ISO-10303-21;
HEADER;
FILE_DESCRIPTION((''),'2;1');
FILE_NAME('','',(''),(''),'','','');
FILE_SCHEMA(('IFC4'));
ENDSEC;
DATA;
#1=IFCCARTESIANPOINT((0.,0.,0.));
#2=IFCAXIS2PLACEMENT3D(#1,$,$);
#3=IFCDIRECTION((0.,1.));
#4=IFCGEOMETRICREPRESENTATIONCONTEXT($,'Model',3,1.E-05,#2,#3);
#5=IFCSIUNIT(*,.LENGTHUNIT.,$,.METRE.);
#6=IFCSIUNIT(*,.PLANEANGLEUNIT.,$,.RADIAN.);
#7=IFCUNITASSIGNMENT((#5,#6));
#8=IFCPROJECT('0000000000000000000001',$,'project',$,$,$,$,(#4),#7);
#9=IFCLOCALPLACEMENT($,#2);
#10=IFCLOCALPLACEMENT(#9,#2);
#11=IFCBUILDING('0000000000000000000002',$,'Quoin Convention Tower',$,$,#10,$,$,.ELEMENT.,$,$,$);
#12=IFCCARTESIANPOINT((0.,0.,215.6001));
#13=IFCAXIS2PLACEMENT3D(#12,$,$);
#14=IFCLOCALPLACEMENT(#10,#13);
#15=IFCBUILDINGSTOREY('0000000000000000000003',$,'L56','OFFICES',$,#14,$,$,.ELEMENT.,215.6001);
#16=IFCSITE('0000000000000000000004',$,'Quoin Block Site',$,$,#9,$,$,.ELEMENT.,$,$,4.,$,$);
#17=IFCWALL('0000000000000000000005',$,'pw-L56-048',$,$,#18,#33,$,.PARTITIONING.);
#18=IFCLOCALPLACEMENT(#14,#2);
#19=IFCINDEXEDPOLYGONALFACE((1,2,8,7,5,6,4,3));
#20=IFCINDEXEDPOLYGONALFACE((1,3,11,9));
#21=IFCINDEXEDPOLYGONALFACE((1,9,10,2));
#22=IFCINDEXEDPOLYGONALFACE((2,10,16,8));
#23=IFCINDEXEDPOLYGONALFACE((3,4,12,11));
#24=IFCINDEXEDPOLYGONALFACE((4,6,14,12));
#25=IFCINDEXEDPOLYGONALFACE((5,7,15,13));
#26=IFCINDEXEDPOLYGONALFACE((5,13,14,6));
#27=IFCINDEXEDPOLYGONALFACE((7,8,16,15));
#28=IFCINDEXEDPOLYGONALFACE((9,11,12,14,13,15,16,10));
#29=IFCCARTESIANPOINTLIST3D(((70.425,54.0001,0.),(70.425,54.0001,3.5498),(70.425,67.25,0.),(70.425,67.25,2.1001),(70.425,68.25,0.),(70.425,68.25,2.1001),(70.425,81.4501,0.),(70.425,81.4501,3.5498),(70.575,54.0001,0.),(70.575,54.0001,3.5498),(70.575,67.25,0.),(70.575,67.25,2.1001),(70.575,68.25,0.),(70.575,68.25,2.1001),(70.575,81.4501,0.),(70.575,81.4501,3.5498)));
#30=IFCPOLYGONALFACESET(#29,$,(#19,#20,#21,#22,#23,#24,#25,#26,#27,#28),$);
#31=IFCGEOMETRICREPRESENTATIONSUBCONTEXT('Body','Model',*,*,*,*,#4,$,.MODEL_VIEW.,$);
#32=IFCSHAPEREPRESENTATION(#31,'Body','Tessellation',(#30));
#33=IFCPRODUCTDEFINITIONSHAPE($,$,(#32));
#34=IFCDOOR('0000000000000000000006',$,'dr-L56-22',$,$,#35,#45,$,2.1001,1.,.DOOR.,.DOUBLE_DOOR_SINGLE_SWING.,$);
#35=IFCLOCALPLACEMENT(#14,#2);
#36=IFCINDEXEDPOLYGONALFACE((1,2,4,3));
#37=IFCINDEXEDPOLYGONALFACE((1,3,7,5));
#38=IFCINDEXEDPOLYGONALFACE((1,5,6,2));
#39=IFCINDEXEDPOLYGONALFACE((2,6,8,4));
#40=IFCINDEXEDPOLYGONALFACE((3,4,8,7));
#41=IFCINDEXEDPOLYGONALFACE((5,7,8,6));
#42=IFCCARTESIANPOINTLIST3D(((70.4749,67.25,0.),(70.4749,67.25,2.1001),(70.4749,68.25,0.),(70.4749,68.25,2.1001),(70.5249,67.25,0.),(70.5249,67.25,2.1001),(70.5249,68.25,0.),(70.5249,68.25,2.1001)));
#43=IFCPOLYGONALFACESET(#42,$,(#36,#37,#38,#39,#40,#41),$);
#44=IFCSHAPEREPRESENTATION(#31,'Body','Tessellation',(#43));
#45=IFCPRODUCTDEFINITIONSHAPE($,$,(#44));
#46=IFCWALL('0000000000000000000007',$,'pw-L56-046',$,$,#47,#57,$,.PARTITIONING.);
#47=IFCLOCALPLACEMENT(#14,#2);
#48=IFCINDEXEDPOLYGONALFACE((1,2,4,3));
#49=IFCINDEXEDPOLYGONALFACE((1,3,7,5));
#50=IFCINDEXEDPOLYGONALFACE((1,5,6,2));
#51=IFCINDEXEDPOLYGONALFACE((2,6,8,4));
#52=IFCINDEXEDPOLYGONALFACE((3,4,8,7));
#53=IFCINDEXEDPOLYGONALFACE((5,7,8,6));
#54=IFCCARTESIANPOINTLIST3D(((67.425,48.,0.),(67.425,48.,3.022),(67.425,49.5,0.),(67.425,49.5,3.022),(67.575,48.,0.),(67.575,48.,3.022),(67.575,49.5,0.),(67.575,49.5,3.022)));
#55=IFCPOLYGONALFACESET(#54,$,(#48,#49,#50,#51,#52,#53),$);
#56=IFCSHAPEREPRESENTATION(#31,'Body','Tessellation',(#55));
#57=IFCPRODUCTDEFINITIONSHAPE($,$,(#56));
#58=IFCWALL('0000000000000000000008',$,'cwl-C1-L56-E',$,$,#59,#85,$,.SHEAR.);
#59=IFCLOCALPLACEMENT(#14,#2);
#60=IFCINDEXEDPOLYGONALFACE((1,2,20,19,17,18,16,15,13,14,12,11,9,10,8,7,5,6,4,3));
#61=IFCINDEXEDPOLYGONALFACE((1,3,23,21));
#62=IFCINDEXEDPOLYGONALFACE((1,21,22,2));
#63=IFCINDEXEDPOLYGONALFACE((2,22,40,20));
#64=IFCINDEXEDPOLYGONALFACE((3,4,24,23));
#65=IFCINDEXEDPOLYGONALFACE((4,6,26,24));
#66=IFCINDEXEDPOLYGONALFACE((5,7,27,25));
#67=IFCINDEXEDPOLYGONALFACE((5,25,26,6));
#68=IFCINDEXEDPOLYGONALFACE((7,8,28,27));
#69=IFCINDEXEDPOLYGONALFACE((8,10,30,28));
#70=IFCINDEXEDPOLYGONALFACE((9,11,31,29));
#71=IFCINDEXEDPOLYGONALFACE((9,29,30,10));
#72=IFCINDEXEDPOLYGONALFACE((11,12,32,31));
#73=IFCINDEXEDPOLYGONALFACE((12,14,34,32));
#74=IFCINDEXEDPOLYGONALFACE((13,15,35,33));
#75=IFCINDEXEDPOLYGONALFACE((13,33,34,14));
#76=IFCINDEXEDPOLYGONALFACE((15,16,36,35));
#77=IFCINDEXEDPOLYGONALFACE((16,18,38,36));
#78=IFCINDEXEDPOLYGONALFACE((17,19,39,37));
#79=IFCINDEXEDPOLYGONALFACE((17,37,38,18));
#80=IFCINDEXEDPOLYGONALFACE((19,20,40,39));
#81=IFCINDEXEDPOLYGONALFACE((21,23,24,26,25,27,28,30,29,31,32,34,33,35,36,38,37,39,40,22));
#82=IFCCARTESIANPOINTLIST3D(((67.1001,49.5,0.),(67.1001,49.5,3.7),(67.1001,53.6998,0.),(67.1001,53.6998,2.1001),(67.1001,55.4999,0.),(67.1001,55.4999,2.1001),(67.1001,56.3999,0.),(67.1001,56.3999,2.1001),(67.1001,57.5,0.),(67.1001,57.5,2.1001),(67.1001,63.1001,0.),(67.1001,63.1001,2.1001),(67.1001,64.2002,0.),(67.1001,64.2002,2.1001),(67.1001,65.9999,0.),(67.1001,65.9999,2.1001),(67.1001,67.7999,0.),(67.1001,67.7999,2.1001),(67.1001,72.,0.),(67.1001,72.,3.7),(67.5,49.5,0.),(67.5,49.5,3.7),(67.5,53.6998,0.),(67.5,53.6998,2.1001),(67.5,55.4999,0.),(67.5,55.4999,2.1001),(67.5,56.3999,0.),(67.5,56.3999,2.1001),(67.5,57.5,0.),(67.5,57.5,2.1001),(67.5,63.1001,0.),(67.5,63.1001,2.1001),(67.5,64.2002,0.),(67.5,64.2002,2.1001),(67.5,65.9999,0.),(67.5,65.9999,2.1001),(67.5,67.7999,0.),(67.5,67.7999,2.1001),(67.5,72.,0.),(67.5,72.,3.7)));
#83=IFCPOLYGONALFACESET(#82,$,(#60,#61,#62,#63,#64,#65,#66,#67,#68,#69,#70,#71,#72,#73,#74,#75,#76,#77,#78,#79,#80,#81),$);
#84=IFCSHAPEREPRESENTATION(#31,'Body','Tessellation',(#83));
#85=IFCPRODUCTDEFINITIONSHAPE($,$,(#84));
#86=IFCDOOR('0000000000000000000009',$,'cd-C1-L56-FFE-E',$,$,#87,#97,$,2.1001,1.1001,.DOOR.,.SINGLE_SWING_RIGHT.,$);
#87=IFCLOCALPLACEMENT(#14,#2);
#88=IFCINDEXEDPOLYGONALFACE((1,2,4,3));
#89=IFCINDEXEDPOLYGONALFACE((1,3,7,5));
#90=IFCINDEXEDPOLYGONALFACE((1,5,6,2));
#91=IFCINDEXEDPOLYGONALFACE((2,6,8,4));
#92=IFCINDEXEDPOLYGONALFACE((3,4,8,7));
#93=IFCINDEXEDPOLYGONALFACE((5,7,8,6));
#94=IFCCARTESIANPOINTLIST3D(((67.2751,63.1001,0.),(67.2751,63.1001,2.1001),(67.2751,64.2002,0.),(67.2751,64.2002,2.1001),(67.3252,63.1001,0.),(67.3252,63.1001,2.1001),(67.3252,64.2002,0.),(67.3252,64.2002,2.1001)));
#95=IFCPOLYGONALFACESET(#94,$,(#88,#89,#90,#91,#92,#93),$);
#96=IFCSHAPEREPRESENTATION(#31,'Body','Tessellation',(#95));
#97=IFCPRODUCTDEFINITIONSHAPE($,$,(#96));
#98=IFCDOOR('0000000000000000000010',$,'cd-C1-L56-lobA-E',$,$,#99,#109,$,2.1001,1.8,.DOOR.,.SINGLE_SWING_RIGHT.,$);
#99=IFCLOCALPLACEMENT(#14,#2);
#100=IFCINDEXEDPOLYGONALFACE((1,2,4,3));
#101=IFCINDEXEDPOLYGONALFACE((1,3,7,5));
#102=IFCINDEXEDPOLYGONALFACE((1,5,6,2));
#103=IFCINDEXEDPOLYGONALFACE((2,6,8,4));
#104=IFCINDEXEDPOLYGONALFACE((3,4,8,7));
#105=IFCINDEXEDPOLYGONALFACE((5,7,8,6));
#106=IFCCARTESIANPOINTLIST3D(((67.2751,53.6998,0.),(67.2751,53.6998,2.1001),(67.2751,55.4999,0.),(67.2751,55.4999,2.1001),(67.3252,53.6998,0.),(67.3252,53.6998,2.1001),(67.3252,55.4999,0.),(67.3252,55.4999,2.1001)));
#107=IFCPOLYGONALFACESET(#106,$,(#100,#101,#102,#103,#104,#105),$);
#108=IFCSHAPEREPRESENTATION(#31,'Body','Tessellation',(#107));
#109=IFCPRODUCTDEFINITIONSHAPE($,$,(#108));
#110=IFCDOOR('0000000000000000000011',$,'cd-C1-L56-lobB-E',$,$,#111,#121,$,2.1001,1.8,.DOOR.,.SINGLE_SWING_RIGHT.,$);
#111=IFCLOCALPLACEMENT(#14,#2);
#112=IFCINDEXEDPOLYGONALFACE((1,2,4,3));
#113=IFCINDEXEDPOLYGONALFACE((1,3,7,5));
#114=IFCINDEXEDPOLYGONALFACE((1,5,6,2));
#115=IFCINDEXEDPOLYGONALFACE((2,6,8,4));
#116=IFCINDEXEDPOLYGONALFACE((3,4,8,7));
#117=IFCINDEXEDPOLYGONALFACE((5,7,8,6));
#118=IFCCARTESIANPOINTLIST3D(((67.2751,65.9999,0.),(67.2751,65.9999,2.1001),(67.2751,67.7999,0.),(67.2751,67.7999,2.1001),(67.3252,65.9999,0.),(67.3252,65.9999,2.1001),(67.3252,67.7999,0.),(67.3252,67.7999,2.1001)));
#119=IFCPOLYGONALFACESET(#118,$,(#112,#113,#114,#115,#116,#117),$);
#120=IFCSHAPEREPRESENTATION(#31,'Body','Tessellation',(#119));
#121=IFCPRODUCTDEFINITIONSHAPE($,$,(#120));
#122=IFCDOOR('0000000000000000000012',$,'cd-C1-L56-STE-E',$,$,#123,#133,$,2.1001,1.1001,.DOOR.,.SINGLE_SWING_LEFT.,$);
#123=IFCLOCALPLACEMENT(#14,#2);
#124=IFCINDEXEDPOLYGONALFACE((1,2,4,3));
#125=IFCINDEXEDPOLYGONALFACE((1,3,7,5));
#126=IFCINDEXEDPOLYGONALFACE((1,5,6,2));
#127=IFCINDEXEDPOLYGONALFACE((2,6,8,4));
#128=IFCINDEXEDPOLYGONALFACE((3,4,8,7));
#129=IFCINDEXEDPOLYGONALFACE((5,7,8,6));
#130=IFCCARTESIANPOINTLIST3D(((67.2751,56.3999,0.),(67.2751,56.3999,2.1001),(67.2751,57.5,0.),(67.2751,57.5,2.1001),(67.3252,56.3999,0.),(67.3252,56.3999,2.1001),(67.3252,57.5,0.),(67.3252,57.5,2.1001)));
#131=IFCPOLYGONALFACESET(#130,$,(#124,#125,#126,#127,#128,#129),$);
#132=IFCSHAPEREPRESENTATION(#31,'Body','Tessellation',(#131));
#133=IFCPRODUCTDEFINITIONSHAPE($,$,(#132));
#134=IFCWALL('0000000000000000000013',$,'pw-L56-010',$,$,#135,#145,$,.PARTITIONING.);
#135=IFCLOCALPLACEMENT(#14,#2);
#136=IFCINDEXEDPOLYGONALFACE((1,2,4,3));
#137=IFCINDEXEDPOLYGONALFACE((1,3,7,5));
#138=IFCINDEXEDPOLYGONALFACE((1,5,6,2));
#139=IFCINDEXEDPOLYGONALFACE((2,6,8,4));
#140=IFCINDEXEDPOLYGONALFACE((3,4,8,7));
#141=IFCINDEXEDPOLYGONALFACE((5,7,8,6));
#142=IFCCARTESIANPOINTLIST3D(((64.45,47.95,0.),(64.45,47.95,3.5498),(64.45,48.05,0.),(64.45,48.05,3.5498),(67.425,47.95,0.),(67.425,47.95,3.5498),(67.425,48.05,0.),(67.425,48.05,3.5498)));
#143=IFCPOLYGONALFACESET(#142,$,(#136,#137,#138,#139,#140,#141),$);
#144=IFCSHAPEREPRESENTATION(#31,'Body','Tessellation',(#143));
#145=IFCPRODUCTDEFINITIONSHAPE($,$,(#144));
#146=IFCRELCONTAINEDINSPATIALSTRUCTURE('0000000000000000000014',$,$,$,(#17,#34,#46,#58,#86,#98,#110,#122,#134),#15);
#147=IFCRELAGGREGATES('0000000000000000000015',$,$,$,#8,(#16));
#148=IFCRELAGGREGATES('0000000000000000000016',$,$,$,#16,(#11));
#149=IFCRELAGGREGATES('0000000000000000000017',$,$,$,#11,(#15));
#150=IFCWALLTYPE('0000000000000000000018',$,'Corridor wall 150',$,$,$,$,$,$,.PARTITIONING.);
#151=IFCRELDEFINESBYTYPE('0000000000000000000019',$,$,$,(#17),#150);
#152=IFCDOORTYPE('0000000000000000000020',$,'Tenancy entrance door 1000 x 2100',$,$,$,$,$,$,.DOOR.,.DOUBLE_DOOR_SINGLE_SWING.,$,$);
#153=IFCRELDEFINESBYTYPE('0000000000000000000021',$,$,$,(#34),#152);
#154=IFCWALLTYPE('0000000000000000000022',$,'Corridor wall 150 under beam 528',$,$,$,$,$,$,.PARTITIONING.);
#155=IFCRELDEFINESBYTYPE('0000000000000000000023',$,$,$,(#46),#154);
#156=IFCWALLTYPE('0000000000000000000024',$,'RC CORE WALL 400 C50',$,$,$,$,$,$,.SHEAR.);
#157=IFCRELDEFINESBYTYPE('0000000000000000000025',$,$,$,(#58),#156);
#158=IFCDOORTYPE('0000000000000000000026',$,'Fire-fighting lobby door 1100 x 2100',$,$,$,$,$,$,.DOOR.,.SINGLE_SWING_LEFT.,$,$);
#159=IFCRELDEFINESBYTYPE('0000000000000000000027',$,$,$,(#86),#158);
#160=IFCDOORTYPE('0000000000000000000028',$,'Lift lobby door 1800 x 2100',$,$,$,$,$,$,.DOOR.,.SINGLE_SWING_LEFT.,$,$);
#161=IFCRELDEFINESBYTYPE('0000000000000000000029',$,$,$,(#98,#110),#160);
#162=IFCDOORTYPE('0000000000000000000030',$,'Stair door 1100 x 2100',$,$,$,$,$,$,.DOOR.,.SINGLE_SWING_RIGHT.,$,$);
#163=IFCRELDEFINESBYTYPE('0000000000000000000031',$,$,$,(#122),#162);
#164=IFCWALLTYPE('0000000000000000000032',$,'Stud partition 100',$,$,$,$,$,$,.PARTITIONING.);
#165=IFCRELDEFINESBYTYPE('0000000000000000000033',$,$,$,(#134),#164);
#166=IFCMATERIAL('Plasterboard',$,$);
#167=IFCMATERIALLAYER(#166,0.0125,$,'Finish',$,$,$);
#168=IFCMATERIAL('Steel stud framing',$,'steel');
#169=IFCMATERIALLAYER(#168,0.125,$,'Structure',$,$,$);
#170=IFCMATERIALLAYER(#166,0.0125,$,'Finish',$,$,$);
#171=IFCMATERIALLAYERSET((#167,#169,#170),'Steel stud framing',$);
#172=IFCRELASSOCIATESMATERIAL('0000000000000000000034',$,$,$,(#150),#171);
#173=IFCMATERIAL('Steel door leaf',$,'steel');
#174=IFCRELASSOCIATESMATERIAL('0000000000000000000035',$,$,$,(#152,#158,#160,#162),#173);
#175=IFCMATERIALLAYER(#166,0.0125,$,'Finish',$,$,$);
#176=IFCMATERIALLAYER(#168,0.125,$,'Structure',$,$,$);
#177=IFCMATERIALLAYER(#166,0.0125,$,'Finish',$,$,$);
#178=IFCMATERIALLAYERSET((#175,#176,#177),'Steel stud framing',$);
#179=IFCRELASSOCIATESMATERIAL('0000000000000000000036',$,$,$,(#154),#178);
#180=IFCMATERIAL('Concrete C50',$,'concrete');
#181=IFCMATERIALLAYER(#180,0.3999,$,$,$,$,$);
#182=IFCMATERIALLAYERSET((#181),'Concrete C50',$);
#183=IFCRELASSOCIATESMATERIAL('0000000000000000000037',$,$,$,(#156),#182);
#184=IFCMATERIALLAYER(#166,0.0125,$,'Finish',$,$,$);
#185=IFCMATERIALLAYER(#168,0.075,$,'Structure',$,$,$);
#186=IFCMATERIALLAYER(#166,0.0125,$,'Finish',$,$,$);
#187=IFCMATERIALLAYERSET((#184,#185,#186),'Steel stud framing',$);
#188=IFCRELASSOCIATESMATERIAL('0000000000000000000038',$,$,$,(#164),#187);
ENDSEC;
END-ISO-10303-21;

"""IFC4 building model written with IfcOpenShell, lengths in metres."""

from ifc_helpers import new_model, si_unit, direction, frame, frame_2d, origin, place, context, subcontext, project, spatial, rectangle, extrude, material, layer, layer_set, type_object, element, fill, save


model = new_model("IFC4")

# Units and contexts
model_context = context("Model", 3, precision=1e-05, world=origin(), true_north=direction((0.0, 1.0)))
body_context = subcontext(model_context, "Body", "Model", "MODEL_VIEW")
ifc_project = project(units=[si_unit("LENGTHUNIT", "METRE"), si_unit("PLANEANGLEUNIT", "RADIAN")], contexts=[model_context])

# Site, building, storey
site_placement = place(None, origin())
site = spatial("IfcSite", under=ifc_project, at=site_placement, Name="Quoin Block Site", CompositionType="ELEMENT", RefElevation=4.0)
building_placement = place(site_placement, origin())
building = spatial("IfcBuilding", under=site, at=building_placement, Name="Quoin Convention Tower", CompositionType="ELEMENT")
storey_placement = place(building_placement, frame((0.0, 0.0, 215.6001)))
storey = spatial("IfcBuildingStorey", under=building, at=storey_placement, Name="L56", Description="OFFICES", CompositionType="ELEMENT", Elevation=215.6001)

# Shared definitions
ifc_material_1 = material(Name="Concrete C50", Category="concrete")

# Shared definitions
ifc_material_2 = material(Name="Plasterboard")
ifc_material_3 = material(Name="Steel stud framing", Category="steel")

# Wall, opening, door
ifc_layer_1 = layer(ifc_material_2, 0.0125, Name="Finish")
ifc_layer_2 = layer(ifc_material_3, 0.125, Name="Structure")
ifc_layer_3 = layer(ifc_material_2, 0.0125, Name="Finish")
ifc_layer_set_1 = layer_set([ifc_layer_1, ifc_layer_2, ifc_layer_3], Name="Steel stud framing")
wall_type_1 = type_object("IfcWallType", Name="Corridor wall 150", PredefinedType="PARTITIONING", material=ifc_layer_set_1)
ifc_material_4 = material(Name="Steel door leaf", Category="steel")
door_type_1 = type_object("IfcDoorType", Name="Tenancy entrance door 1000 x 2100", OperationType="DOUBLE_DOOR_SINGLE_SWING", PredefinedType="DOOR", material=ifc_material_4)
wall_1_placement = place(storey_placement, frame((70.5, 54.0, 0.0), z_axis=(0.0, 0.0, 1.0), x_axis=(0.0, 1.0, 0.0)))
wall_1 = element("IfcWall", 1, at=wall_1_placement, inside=storey, type_object=wall_type_1, Name="pw-L56-048", PredefinedType="PARTITIONING", context=body_context, shape_type="SweptSolid", body=[
    extrude(rectangle(XDim=27.45, YDim=0.1499, at=frame_2d((13.7251, 0.0))), origin(), (0.0, 0.0, 1.0), 3.5498),
])
opening_1_placement = place(wall_1_placement, frame((13.25, 0.0, 0.0)))
opening_1 = element("IfcOpeningElement", 2, at=opening_1_placement, cuts=wall_1, PredefinedType="OPENING", context=body_context, shape_type="SweptSolid", body=[
    extrude(rectangle(XDim=1.0, YDim=2.1001, at=frame_2d((0.5, 1.05))), frame((0.0, 0.085, 0.0), z_axis=(0.0, -1.0, 0.0), x_axis=(1.0, 0.0, 0.0)), (0.0, 0.0, 1.0), 0.1699),
])
door_1_placement = place(opening_1_placement, frame((1.0, 0.0, 0.0), z_axis=(0.0, 0.0, 1.0), x_axis=(-1.0, 0.0, 0.0)))
door_1 = element("IfcDoor", 3, at=door_1_placement, inside=storey, type_object=door_type_1, Name="dr-L56-22", OperationType="DOUBLE_DOOR_SINGLE_SWING", OverallHeight=2.1001, OverallWidth=1.0, PredefinedType="DOOR", context=body_context, shape_type="SweptSolid", body=[
    extrude(rectangle(XDim=1.0, YDim=2.1001, at=frame_2d((0.5, 1.05))), frame((0.0, 0.0249, 0.0), z_axis=(0.0, -1.0, 0.0), x_axis=(1.0, 0.0, 0.0)), (0.0, 0.0, 1.0), 0.05),
])
fill(opening_1, door_1)

# Wall
ifc_layer_4 = layer(ifc_material_2, 0.0125, Name="Finish")
ifc_layer_5 = layer(ifc_material_3, 0.125, Name="Structure")
ifc_layer_6 = layer(ifc_material_2, 0.0125, Name="Finish")
ifc_layer_set_2 = layer_set([ifc_layer_4, ifc_layer_5, ifc_layer_6], Name="Steel stud framing")
wall_type_2 = type_object("IfcWallType", Name="Corridor wall 150 under beam 528", PredefinedType="PARTITIONING", material=ifc_layer_set_2)
wall_2_placement = place(storey_placement, frame((67.5, 48.0, 0.0), z_axis=(0.0, 0.0, 1.0), x_axis=(0.0, 1.0, 0.0)))
element("IfcWall", 4, at=wall_2_placement, inside=storey, type_object=wall_type_2, Name="pw-L56-046", PredefinedType="PARTITIONING", context=body_context, shape_type="SweptSolid", body=[
    extrude(rectangle(XDim=1.5, YDim=0.1499, at=frame_2d((0.75, 0.0))), origin(), (0.0, 0.0, 1.0), 3.022),
])

# Wall, openings, doors
ifc_layer_7 = layer(ifc_material_1, 0.3999)
ifc_layer_set_3 = layer_set([ifc_layer_7], Name="Concrete C50")
wall_type_3 = type_object("IfcWallType", Name="RC CORE WALL 400 C50", PredefinedType="SHEAR", material=ifc_layer_set_3)
wall_3_placement = place(storey_placement, frame((67.3, 49.5, 0.0), z_axis=(0.0, 0.0, 1.0), x_axis=(0.0, 1.0, 0.0)))
wall_3 = element("IfcWall", 5, at=wall_3_placement, inside=storey, type_object=wall_type_3, Name="cwl-C1-L56-E", PredefinedType="SHEAR", context=body_context, shape_type="SweptSolid", body=[
    extrude(rectangle(XDim=22.5, YDim=0.3999, at=frame_2d((11.25, 0.0))), origin(), (0.0, 0.0, 1.0), 3.7),
])
opening_2_placement = place(wall_3_placement, frame((4.2, 0.0, 0.0)))
opening_2 = element("IfcOpeningElement", 6, at=opening_2_placement, cuts=wall_3, PredefinedType="OPENING", context=body_context, shape_type="SweptSolid", body=[
    extrude(rectangle(XDim=1.8, YDim=2.1001, at=frame_2d((0.8999, 1.05))), frame((0.0, 0.21, 0.0), z_axis=(0.0, -1.0, 0.0), x_axis=(1.0, 0.0, 0.0)), (0.0, 0.0, 1.0), 0.4199),
])
opening_3_placement = place(wall_3_placement, frame((6.8999, 0.0, 0.0)))
opening_3 = element("IfcOpeningElement", 7, at=opening_3_placement, cuts=wall_3, PredefinedType="OPENING", context=body_context, shape_type="SweptSolid", body=[
    extrude(rectangle(XDim=1.1001, YDim=2.1001, at=frame_2d((0.55, 1.05))), frame((0.0, 0.21, 0.0), z_axis=(0.0, -1.0, 0.0), x_axis=(1.0, 0.0, 0.0)), (0.0, 0.0, 1.0), 0.4199),
])
opening_4_placement = place(wall_3_placement, frame((13.6001, 0.0, 0.0)))
opening_4 = element("IfcOpeningElement", 8, at=opening_4_placement, cuts=wall_3, PredefinedType="OPENING", context=body_context, shape_type="SweptSolid", body=[
    extrude(rectangle(XDim=1.1001, YDim=2.1001, at=frame_2d((0.55, 1.05))), frame((0.0, 0.21, 0.0), z_axis=(0.0, -1.0, 0.0), x_axis=(1.0, 0.0, 0.0)), (0.0, 0.0, 1.0), 0.4199),
])
opening_5_placement = place(wall_3_placement, frame((16.5, 0.0, 0.0)))
opening_5 = element("IfcOpeningElement", 9, at=opening_5_placement, cuts=wall_3, PredefinedType="OPENING", context=body_context, shape_type="SweptSolid", body=[
    extrude(rectangle(XDim=1.8, YDim=2.1001, at=frame_2d((0.8999, 1.05))), frame((0.0, 0.21, 0.0), z_axis=(0.0, -1.0, 0.0), x_axis=(1.0, 0.0, 0.0)), (0.0, 0.0, 1.0), 0.4199),
])
door_type_2 = type_object("IfcDoorType", Name="Fire-fighting lobby door 1100 x 2100", OperationType="SINGLE_SWING_LEFT", PredefinedType="DOOR", material=ifc_material_4)
door_2_placement = place(opening_4_placement, origin())
door_2 = element("IfcDoor", 10, at=door_2_placement, inside=storey, type_object=door_type_2, Name="cd-C1-L56-FFE-E", OperationType="SINGLE_SWING_RIGHT", OverallHeight=2.1001, OverallWidth=1.1001, PredefinedType="DOOR", context=body_context, shape_type="SweptSolid", body=[
    extrude(rectangle(XDim=1.1001, YDim=2.1001, at=frame_2d((0.55, 1.05))), frame((0.0, 0.0249, 0.0), z_axis=(0.0, -1.0, 0.0), x_axis=(1.0, 0.0, 0.0)), (0.0, 0.0, 1.0), 0.05),
])
fill(opening_4, door_2)
door_type_3 = type_object("IfcDoorType", Name="Lift lobby door 1800 x 2100", OperationType="SINGLE_SWING_LEFT", PredefinedType="DOOR", material=ifc_material_4)
door_3_placement = place(opening_2_placement, origin())
door_3 = element("IfcDoor", 11, at=door_3_placement, inside=storey, type_object=door_type_3, Name="cd-C1-L56-lobA-E", OperationType="SINGLE_SWING_RIGHT", OverallHeight=2.1001, OverallWidth=1.8, PredefinedType="DOOR", context=body_context, shape_type="SweptSolid", body=[
    extrude(rectangle(XDim=1.8, YDim=2.1001, at=frame_2d((0.8999, 1.05))), frame((0.0, 0.0249, 0.0), z_axis=(0.0, -1.0, 0.0), x_axis=(1.0, 0.0, 0.0)), (0.0, 0.0, 1.0), 0.05),
])
fill(opening_2, door_3)
door_4_placement = place(opening_5_placement, origin())
door_4 = element("IfcDoor", 12, at=door_4_placement, inside=storey, type_object=door_type_3, Name="cd-C1-L56-lobB-E", OperationType="SINGLE_SWING_RIGHT", OverallHeight=2.1001, OverallWidth=1.8, PredefinedType="DOOR", context=body_context, shape_type="SweptSolid", body=[
    extrude(rectangle(XDim=1.8, YDim=2.1001, at=frame_2d((0.8999, 1.05))), frame((0.0, 0.0249, 0.0), z_axis=(0.0, -1.0, 0.0), x_axis=(1.0, 0.0, 0.0)), (0.0, 0.0, 1.0), 0.05),
])
fill(opening_5, door_4)
door_type_4 = type_object("IfcDoorType", Name="Stair door 1100 x 2100", OperationType="SINGLE_SWING_RIGHT", PredefinedType="DOOR", material=ifc_material_4)
door_5_placement = place(opening_3_placement, origin())
door_5 = element("IfcDoor", 13, at=door_5_placement, inside=storey, type_object=door_type_4, Name="cd-C1-L56-STE-E", OperationType="SINGLE_SWING_LEFT", OverallHeight=2.1001, OverallWidth=1.1001, PredefinedType="DOOR", context=body_context, shape_type="SweptSolid", body=[
    extrude(rectangle(XDim=1.1001, YDim=2.1001, at=frame_2d((0.55, 1.05))), frame((0.0, 0.0249, 0.0), z_axis=(0.0, -1.0, 0.0), x_axis=(1.0, 0.0, 0.0)), (0.0, 0.0, 1.0), 0.05),
])
fill(opening_3, door_5)

# Wall
ifc_layer_8 = layer(ifc_material_2, 0.0125, Name="Finish")
ifc_layer_9 = layer(ifc_material_3, 0.075, Name="Structure")
ifc_layer_10 = layer(ifc_material_2, 0.0125, Name="Finish")
ifc_layer_set_4 = layer_set([ifc_layer_8, ifc_layer_9, ifc_layer_10], Name="Steel stud framing")
wall_type_4 = type_object("IfcWallType", Name="Stud partition 100", PredefinedType="PARTITIONING", material=ifc_layer_set_4)
wall_4_placement = place(storey_placement, frame((64.45, 48.0, 0.0), z_axis=(0.0, 0.0, 1.0), x_axis=(1.0, 0.0, 0.0)))
element("IfcWall", 14, at=wall_4_placement, inside=storey, type_object=wall_type_4, Name="pw-L56-010", PredefinedType="PARTITIONING", context=body_context, shape_type="SweptSolid", body=[
    extrude(rectangle(XDim=2.9751, YDim=0.1001, at=frame_2d((1.4875, 0.0))), origin(), (0.0, 0.0, 1.0), 3.5498),
])

save(model, "model.ifc")
